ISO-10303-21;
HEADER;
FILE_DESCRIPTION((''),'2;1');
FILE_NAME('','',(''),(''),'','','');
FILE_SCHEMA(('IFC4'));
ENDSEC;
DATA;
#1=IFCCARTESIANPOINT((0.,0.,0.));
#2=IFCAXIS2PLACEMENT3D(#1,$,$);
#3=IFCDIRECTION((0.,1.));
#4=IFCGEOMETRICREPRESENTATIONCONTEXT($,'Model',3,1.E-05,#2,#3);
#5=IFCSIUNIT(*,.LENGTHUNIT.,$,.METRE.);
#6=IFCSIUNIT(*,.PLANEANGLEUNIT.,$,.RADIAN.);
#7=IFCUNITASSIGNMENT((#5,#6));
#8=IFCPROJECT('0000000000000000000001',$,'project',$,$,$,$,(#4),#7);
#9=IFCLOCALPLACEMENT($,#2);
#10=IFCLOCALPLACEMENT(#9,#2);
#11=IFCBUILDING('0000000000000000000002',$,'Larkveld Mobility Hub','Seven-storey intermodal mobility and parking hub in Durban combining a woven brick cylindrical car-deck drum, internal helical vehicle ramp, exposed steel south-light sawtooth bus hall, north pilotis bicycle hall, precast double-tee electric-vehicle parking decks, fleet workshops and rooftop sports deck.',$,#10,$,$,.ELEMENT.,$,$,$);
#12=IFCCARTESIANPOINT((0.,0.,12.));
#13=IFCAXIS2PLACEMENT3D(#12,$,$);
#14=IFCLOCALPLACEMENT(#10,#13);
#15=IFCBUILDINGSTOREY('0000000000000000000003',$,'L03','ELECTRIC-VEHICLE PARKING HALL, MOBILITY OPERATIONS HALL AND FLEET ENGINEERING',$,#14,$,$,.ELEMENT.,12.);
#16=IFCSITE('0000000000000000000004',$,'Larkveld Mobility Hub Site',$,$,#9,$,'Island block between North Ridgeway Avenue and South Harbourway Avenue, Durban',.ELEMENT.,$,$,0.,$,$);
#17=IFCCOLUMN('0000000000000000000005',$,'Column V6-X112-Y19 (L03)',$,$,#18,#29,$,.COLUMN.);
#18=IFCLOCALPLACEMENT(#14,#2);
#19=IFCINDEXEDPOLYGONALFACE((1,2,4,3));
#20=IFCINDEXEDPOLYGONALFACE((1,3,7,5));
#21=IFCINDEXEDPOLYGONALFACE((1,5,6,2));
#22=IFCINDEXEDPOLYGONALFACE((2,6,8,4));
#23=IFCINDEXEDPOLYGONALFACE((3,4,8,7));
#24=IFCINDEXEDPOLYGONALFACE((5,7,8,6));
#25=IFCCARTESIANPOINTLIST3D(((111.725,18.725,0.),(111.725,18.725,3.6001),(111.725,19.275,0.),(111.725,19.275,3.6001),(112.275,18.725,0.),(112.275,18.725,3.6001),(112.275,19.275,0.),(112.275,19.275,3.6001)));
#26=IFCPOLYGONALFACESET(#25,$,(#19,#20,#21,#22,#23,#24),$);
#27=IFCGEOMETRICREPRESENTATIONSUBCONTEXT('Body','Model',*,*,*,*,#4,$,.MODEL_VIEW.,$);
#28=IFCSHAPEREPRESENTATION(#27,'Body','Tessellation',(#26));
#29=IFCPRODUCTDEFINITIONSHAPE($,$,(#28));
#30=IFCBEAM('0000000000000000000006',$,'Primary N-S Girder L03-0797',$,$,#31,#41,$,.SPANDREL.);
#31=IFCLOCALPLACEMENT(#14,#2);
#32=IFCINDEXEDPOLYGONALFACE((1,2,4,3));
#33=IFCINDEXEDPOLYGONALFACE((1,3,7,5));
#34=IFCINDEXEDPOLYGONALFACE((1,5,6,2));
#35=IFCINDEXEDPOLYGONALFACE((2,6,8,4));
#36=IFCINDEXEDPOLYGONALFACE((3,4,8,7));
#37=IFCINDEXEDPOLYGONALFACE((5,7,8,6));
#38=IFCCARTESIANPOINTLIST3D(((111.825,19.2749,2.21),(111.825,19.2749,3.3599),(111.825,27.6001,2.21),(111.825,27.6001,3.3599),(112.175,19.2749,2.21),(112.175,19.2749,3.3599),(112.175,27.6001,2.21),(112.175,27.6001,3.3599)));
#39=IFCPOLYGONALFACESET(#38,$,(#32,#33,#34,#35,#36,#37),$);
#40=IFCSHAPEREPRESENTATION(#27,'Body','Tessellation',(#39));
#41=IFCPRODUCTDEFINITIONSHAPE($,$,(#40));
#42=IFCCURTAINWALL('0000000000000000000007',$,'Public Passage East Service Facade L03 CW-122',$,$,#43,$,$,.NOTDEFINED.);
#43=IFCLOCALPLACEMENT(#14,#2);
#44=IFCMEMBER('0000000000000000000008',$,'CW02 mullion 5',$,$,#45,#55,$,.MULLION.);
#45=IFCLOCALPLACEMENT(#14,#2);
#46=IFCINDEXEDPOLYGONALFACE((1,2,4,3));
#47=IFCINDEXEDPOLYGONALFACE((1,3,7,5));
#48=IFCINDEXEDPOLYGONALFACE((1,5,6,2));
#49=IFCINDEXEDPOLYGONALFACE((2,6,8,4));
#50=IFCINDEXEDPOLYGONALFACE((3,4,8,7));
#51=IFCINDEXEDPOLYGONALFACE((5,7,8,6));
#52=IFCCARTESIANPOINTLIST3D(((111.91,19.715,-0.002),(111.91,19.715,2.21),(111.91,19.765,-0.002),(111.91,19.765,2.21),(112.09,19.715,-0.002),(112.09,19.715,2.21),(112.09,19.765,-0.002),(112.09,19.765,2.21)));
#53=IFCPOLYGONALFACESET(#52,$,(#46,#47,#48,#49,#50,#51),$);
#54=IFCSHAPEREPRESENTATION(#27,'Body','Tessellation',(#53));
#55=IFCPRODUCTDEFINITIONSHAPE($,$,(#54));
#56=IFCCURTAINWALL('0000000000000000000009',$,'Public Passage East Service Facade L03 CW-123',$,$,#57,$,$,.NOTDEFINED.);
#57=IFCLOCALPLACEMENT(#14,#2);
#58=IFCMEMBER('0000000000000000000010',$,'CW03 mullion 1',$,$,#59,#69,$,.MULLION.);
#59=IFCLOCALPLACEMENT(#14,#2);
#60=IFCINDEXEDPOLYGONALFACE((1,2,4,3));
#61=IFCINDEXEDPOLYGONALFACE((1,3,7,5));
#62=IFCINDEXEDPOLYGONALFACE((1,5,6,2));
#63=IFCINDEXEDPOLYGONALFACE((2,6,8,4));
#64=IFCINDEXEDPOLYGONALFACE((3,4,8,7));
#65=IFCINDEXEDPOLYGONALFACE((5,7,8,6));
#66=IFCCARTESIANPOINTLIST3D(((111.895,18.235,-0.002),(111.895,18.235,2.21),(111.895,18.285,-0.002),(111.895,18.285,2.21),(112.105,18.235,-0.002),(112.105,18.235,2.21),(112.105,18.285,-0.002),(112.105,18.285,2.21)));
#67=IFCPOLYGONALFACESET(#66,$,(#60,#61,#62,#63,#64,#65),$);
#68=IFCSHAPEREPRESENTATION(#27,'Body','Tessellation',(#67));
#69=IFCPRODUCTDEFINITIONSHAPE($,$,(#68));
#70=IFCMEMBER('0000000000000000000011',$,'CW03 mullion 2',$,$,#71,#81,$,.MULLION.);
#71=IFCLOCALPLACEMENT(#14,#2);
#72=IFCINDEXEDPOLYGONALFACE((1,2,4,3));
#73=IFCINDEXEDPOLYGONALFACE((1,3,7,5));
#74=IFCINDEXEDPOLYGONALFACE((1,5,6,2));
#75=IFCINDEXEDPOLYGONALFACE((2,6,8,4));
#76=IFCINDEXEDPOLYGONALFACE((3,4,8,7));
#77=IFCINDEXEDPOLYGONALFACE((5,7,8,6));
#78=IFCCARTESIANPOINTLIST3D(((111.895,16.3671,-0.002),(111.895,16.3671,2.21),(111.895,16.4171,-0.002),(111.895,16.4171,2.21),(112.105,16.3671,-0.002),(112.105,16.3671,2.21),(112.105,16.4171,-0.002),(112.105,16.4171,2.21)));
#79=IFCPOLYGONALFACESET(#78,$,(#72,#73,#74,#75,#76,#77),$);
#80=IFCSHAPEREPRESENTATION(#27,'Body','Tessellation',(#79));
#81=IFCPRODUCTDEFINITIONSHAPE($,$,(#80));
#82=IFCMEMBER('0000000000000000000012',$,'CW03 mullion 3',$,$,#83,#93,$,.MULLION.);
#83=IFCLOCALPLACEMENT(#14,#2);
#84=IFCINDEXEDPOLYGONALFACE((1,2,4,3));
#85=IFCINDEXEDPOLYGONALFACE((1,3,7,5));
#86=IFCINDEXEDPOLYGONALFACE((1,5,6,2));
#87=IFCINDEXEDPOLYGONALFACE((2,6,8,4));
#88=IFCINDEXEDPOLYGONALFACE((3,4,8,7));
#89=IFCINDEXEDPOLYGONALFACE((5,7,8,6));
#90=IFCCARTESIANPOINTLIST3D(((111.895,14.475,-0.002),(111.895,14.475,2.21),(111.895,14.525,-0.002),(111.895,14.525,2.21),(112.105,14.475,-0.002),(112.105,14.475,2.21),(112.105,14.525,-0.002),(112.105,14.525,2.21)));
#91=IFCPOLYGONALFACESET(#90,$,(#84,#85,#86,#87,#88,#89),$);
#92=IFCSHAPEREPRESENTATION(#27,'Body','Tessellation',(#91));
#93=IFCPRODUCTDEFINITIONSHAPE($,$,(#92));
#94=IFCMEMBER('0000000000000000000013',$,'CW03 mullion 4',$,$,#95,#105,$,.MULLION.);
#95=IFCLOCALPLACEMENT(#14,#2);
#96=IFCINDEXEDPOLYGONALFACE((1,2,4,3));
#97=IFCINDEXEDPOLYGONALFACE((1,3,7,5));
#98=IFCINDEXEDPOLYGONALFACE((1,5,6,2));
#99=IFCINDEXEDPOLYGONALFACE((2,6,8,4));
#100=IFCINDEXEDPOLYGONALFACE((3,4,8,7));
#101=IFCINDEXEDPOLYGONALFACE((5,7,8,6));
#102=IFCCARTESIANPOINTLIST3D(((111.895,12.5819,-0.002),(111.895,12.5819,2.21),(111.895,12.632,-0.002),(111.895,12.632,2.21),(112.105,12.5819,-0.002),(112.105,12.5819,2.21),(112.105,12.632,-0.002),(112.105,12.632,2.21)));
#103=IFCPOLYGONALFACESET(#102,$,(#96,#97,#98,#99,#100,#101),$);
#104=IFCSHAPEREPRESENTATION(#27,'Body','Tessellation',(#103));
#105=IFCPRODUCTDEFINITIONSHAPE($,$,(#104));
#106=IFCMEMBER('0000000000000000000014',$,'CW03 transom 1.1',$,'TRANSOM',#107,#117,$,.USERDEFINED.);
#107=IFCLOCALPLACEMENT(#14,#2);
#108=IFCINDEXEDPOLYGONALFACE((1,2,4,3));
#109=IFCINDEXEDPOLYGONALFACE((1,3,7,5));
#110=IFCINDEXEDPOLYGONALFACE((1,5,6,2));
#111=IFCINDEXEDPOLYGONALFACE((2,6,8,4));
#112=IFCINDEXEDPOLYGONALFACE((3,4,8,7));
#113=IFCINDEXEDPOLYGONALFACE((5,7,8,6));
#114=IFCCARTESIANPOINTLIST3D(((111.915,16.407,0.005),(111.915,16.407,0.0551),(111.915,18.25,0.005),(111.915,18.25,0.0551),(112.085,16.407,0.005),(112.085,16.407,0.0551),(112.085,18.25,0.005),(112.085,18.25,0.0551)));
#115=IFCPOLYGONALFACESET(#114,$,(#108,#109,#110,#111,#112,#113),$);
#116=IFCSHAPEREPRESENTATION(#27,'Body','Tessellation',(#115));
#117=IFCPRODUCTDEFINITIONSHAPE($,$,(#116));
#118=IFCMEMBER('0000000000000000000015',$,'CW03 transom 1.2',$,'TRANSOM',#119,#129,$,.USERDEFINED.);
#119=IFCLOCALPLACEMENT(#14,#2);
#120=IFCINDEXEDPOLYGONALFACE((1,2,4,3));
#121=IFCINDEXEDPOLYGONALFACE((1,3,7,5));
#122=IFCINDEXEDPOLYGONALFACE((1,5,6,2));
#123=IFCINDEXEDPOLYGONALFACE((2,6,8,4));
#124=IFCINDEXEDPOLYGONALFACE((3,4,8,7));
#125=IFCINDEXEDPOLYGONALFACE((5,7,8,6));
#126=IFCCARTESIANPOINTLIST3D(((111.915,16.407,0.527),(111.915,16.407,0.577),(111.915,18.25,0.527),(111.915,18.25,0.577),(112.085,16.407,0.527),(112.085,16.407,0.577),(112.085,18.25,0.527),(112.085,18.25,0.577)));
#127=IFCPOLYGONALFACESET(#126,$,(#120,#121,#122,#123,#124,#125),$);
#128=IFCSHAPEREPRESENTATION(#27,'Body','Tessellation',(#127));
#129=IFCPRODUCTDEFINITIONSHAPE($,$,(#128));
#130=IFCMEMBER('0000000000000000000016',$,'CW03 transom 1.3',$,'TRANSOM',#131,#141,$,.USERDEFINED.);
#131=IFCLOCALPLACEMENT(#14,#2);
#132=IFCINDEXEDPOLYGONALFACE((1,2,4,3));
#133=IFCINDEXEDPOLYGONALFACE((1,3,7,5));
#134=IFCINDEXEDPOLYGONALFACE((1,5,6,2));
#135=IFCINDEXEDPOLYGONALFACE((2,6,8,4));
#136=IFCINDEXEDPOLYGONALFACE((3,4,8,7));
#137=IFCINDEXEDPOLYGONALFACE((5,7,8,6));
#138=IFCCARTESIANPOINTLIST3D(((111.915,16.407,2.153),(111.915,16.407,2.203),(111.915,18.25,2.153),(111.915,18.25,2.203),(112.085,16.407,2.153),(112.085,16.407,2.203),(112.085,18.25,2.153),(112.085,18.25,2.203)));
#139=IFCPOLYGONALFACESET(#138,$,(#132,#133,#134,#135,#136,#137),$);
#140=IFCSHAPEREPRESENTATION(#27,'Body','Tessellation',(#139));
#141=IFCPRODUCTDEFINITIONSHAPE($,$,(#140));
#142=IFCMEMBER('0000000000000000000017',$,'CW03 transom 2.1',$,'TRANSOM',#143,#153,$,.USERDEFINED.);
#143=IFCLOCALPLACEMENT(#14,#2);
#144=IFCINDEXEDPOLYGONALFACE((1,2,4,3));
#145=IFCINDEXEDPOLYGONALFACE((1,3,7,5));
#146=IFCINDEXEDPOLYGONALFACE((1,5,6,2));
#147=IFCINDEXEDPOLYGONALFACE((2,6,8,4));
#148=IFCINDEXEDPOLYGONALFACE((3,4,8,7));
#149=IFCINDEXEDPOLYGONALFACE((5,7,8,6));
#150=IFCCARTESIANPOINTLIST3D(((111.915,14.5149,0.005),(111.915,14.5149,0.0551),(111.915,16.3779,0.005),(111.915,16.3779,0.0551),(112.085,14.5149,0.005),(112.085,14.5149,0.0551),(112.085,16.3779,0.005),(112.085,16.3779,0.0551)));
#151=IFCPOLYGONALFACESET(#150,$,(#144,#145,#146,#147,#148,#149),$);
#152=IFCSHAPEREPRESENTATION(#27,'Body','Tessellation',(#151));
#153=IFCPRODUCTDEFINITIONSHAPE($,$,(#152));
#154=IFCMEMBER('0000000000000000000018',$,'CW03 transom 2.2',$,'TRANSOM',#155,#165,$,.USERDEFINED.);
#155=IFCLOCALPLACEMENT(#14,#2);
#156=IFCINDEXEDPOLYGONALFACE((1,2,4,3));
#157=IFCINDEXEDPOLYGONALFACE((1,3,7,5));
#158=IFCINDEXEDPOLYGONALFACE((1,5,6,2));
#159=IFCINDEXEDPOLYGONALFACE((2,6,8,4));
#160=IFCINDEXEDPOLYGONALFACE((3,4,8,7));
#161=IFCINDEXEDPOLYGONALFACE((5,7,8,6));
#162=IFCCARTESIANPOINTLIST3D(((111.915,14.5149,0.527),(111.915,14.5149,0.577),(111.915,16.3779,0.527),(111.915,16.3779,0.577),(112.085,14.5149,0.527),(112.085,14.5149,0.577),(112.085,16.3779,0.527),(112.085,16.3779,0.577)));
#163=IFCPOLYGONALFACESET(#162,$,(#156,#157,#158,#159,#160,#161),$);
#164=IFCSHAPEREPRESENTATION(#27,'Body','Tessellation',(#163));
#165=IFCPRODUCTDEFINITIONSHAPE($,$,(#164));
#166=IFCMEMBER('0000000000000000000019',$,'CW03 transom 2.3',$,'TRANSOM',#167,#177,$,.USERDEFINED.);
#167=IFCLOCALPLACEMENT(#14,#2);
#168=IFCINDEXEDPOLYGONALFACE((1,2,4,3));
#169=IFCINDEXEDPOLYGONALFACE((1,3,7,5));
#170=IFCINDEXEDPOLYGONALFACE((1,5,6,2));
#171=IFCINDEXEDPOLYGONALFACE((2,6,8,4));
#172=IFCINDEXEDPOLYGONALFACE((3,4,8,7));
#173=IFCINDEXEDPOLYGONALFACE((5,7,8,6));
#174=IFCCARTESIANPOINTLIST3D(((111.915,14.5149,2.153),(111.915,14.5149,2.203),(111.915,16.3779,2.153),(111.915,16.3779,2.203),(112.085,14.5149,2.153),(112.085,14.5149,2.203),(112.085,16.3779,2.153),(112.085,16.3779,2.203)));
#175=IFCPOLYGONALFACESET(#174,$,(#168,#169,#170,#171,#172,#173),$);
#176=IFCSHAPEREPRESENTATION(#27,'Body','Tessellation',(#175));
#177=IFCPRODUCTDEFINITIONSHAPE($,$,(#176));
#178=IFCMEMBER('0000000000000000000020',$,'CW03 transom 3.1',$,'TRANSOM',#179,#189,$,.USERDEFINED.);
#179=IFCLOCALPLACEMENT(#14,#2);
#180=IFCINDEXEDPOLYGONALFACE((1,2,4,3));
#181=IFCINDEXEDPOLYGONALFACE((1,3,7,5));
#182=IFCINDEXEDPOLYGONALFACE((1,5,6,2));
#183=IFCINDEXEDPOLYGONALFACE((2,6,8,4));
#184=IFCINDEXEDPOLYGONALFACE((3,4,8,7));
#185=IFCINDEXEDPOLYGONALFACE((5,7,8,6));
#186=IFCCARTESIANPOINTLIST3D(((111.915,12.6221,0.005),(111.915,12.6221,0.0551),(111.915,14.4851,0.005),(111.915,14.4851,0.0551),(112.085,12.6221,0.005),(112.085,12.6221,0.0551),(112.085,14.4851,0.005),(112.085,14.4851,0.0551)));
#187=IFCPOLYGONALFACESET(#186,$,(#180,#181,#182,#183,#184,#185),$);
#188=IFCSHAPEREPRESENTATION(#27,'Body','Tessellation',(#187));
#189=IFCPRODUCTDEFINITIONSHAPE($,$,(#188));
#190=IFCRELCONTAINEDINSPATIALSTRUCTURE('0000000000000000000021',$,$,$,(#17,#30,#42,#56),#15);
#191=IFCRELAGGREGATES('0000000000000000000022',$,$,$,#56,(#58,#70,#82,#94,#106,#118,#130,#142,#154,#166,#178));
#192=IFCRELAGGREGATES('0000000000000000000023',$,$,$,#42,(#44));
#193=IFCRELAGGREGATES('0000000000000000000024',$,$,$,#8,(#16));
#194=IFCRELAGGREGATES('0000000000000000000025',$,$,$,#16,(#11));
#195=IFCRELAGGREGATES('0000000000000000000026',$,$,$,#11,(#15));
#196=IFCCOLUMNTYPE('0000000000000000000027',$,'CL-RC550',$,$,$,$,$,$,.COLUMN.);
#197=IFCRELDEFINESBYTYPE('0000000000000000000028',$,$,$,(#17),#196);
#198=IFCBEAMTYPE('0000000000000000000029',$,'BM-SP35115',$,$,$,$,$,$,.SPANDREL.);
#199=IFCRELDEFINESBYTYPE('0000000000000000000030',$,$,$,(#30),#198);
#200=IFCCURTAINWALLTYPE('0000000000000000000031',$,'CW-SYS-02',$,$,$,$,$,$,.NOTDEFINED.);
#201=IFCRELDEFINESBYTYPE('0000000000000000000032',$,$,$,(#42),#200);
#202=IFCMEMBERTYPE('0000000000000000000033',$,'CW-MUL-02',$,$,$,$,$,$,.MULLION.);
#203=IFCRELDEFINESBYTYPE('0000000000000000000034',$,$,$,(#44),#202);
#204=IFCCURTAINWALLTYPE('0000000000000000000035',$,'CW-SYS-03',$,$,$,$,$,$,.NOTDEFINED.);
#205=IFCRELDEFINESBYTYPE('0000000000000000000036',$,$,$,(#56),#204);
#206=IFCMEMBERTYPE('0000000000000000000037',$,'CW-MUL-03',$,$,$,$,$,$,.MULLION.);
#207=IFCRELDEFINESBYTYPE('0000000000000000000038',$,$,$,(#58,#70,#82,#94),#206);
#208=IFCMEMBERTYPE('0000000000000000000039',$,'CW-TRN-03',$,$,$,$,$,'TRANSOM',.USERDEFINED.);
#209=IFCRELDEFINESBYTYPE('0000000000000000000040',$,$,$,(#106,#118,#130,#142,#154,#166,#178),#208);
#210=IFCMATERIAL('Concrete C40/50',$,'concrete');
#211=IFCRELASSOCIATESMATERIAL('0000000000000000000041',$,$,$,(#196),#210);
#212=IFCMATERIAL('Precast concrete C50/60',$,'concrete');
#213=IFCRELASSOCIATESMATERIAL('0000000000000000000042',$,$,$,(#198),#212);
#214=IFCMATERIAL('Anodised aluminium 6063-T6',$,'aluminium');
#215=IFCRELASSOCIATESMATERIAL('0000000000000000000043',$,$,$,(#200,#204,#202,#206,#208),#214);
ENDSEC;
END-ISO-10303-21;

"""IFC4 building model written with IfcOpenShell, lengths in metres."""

from ifc_helpers import new_model, si_unit, direction, frame, origin, origin_2d, place, context, subcontext, project, spatial, rectangle, extrude, material, material_profile, profile_set, type_object, element, aggregate, save


model = new_model("IFC4")

# Units and contexts
model_context = context("Model", 3, precision=1e-05, world=origin(), true_north=direction((0.0, 1.0)))
body_context = subcontext(model_context, "Body", "Model", "MODEL_VIEW")
ifc_project = project(units=[si_unit("LENGTHUNIT", "METRE"), si_unit("PLANEANGLEUNIT", "RADIAN")], contexts=[model_context])

# Site, building, storey
site_placement = place(None, origin())
site = spatial("IfcSite", under=ifc_project, at=site_placement, Name="Larkveld Mobility Hub Site", LongName="Island block between North Ridgeway Avenue and South Harbourway Avenue, Durban", CompositionType="ELEMENT", RefElevation=0.0)
building_placement = place(site_placement, origin())
building = spatial("IfcBuilding", under=site, at=building_placement, Name="Larkveld Mobility Hub", Description="Seven-storey intermodal mobility and parking hub in Durban combining a woven brick cylindrical car-deck drum, internal helical vehicle ramp, exposed steel south-light sawtooth bus hall, north pilotis bicycle hall, precast double-tee electric-vehicle parking decks, fleet workshops and rooftop sports deck.", CompositionType="ELEMENT")
storey_placement = place(building_placement, frame((0.0, 0.0, 12.0)))
storey = spatial("IfcBuildingStorey", under=building, at=storey_placement, Name="L03", Description="ELECTRIC-VEHICLE PARKING HALL, MOBILITY OPERATIONS HALL AND FLEET ENGINEERING", CompositionType="ELEMENT", Elevation=12.0)

# Column
ifc_material_1 = material(Name="Concrete C40/50", Category="concrete")
ifc_material_profile_1 = material_profile(ifc_material_1, rectangle(XDim=0.55, YDim=0.55, at=origin_2d()), Name="RC COL 550x550")
ifc_profile_set_1 = profile_set([ifc_material_profile_1], Name="Concrete C40/50")
column_type = type_object("IfcColumnType", Name="CL-RC550", PredefinedType="COLUMN", material=ifc_profile_set_1)
column_placement = place(storey_placement, frame((112.0, 19.0, 0.0), z_axis=(0.0, 0.0, 1.0), x_axis=(1.0, 0.0, 0.0)))
element("IfcColumn", 1, at=column_placement, inside=storey, type_object=column_type, Name="Column V6-X112-Y19 (L03)", PredefinedType="COLUMN", context=body_context, shape_type="SweptSolid", body=[
    extrude(rectangle(XDim=0.55, YDim=0.55, at=origin_2d()), origin(), (0.0, 0.0, 1.0), 3.6001),
])

# Beam
ifc_material_2 = material(Name="Precast concrete C50/60", Category="concrete")
ifc_material_profile_2 = material_profile(ifc_material_2, rectangle(XDim=0.3501, YDim=1.1499, at=origin_2d()), Name="PC SP 350x1150")
ifc_profile_set_2 = profile_set([ifc_material_profile_2], Name="Precast concrete C50/60")
beam_type = type_object("IfcBeamType", Name="BM-SP35115", PredefinedType="SPANDREL", material=ifc_profile_set_2)
beam_placement = place(storey_placement, frame((112.0, 19.2749, 2.7849), z_axis=(0.0, 1.0, 0.0), x_axis=(-1.0, 0.0, 0.0)))
element("IfcBeam", 2, at=beam_placement, inside=storey, type_object=beam_type, Name="Primary N-S Girder L03-0797", PredefinedType="SPANDREL", context=body_context, shape_type="SweptSolid", body=[
    extrude(rectangle(XDim=0.3501, YDim=1.1499, at=origin_2d()), origin(), (0.0, 0.0, 1.0), 8.3252),
])

# Curtain wall, member
ifc_material_3 = material(Name="Anodised aluminium 6063-T6", Category="aluminium")
curtain_wall_type_1 = type_object("IfcCurtainWallType", Name="CW-SYS-02", PredefinedType="NOTDEFINED", material=ifc_material_3)
curtain_wall_1_placement = place(storey_placement, origin())
curtain_wall_1 = element("IfcCurtainWall", 3, at=curtain_wall_1_placement, inside=storey, type_object=curtain_wall_type_1, Name="Public Passage East Service Facade L03 CW-122", PredefinedType="NOTDEFINED")
ifc_material_profile_3 = material_profile(ifc_material_3, rectangle(XDim=0.05, YDim=0.1799, at=origin_2d()), Name="ALU MULL 50x180")
ifc_profile_set_3 = profile_set([ifc_material_profile_3], Name="Anodised aluminium 6063-T6")
member_type_1 = type_object("IfcMemberType", Name="CW-MUL-02", PredefinedType="MULLION", material=ifc_profile_set_3)
member_1_placement = place(storey_placement, frame((112.0, 19.74, -0.002), z_axis=(0.0, 0.0, 1.0), x_axis=(0.0, -1.0, 0.0)))
member_1 = element("IfcMember", 4, at=member_1_placement, type_object=member_type_1, Name="CW02 mullion 5", PredefinedType="MULLION", context=body_context, shape_type="SweptSolid", body=[
    extrude(rectangle(XDim=0.05, YDim=0.1799, at=origin_2d()), origin(), (0.0, 0.0, 1.0), 2.2119),
])

# Curtain wall, members
curtain_wall_type_2 = type_object("IfcCurtainWallType", Name="CW-SYS-03", PredefinedType="NOTDEFINED", material=ifc_material_3)
curtain_wall_2_placement = place(storey_placement, origin())
curtain_wall_2 = element("IfcCurtainWall", 5, at=curtain_wall_2_placement, inside=storey, type_object=curtain_wall_type_2, Name="Public Passage East Service Facade L03 CW-123", PredefinedType="NOTDEFINED")
ifc_material_profile_4 = material_profile(ifc_material_3, rectangle(XDim=0.05, YDim=0.21, at=origin_2d()), Name="ALU MULL 50x210")
ifc_profile_set_4 = profile_set([ifc_material_profile_4], Name="Anodised aluminium 6063-T6")
member_type_2 = type_object("IfcMemberType", Name="CW-MUL-03", PredefinedType="MULLION", material=ifc_profile_set_4)
member_2_placement = place(storey_placement, frame((112.0, 18.26, -0.002), z_axis=(0.0, 0.0, 1.0), x_axis=(0.0, -1.0, 0.0)))
member_2 = element("IfcMember", 6, at=member_2_placement, type_object=member_type_2, Name="CW03 mullion 1", PredefinedType="MULLION", context=body_context, shape_type="SweptSolid", body=[
    extrude(rectangle(XDim=0.05, YDim=0.21, at=origin_2d()), origin(), (0.0, 0.0, 1.0), 2.2119),
])
member_3_placement = place(storey_placement, frame((112.0, 16.3921, -0.002), z_axis=(0.0, 0.0, 1.0), x_axis=(0.0, -1.0, 0.0)))
member_3 = element("IfcMember", 7, at=member_3_placement, type_object=member_type_2, Name="CW03 mullion 2", PredefinedType="MULLION", context=body_context, shape_type="SweptSolid", body=[
    extrude(rectangle(XDim=0.05, YDim=0.21, at=origin_2d()), origin(), (0.0, 0.0, 1.0), 2.2119),
])
member_4_placement = place(storey_placement, frame((112.0, 14.5, -0.002), z_axis=(0.0, 0.0, 1.0), x_axis=(0.0, -1.0, 0.0)))
member_4 = element("IfcMember", 8, at=member_4_placement, type_object=member_type_2, Name="CW03 mullion 3", PredefinedType="MULLION", context=body_context, shape_type="SweptSolid", body=[
    extrude(rectangle(XDim=0.05, YDim=0.21, at=origin_2d()), origin(), (0.0, 0.0, 1.0), 2.2119),
])
member_5_placement = place(storey_placement, frame((112.0, 12.6069, -0.002), z_axis=(0.0, 0.0, 1.0), x_axis=(0.0, -1.0, 0.0)))
member_5 = element("IfcMember", 9, at=member_5_placement, type_object=member_type_2, Name="CW03 mullion 4", PredefinedType="MULLION", context=body_context, shape_type="SweptSolid", body=[
    extrude(rectangle(XDim=0.05, YDim=0.21, at=origin_2d()), origin(), (0.0, 0.0, 1.0), 2.2119),
])
ifc_material_profile_5 = material_profile(ifc_material_3, rectangle(XDim=0.1699, YDim=0.05, at=origin_2d()), Name="ALU TRAN 50x170")
ifc_profile_set_5 = profile_set([ifc_material_profile_5], Name="Anodised aluminium 6063-T6")
member_type_3 = type_object("IfcMemberType", Name="CW-TRN-03", ElementType="TRANSOM", PredefinedType="USERDEFINED", material=ifc_profile_set_5)
member_6_placement = place(storey_placement, frame((112.0, 18.25, 0.03), z_axis=(0.0, -1.0, 0.0), x_axis=(1.0, 0.0, 0.0)))
member_6 = element("IfcMember", 10, at=member_6_placement, type_object=member_type_3, Name="CW03 transom 1.1", ObjectType="TRANSOM", PredefinedType="USERDEFINED", context=body_context, shape_type="SweptSolid", body=[
    extrude(rectangle(XDim=0.1699, YDim=0.05, at=origin_2d()), origin(), (0.0, 0.0, 1.0), 1.843),
])
member_7_placement = place(storey_placement, frame((112.0, 18.25, 0.552), z_axis=(0.0, -1.0, 0.0), x_axis=(1.0, 0.0, 0.0)))
member_7 = element("IfcMember", 11, at=member_7_placement, type_object=member_type_3, Name="CW03 transom 1.2", ObjectType="TRANSOM", PredefinedType="USERDEFINED", context=body_context, shape_type="SweptSolid", body=[
    extrude(rectangle(XDim=0.1699, YDim=0.05, at=origin_2d()), origin(), (0.0, 0.0, 1.0), 1.843),
])
member_8_placement = place(storey_placement, frame((112.0, 18.25, 2.178), z_axis=(0.0, -1.0, 0.0), x_axis=(1.0, 0.0, 0.0)))
member_8 = element("IfcMember", 12, at=member_8_placement, type_object=member_type_3, Name="CW03 transom 1.3", ObjectType="TRANSOM", PredefinedType="USERDEFINED", context=body_context, shape_type="SweptSolid", body=[
    extrude(rectangle(XDim=0.1699, YDim=0.05, at=origin_2d()), origin(), (0.0, 0.0, 1.0), 1.843),
])
member_9_placement = place(storey_placement, frame((112.0, 16.3779, 0.03), z_axis=(0.0, -1.0, 0.0), x_axis=(1.0, 0.0, 0.0)))
member_9 = element("IfcMember", 13, at=member_9_placement, type_object=member_type_3, Name="CW03 transom 2.1", ObjectType="TRANSOM", PredefinedType="USERDEFINED", context=body_context, shape_type="SweptSolid", body=[
    extrude(rectangle(XDim=0.1699, YDim=0.05, at=origin_2d()), origin(), (0.0, 0.0, 1.0), 1.863),
])
member_10_placement = place(storey_placement, frame((112.0, 16.3779, 0.552), z_axis=(0.0, -1.0, 0.0), x_axis=(1.0, 0.0, 0.0)))
member_10 = element("IfcMember", 14, at=member_10_placement, type_object=member_type_3, Name="CW03 transom 2.2", ObjectType="TRANSOM", PredefinedType="USERDEFINED", context=body_context, shape_type="SweptSolid", body=[
    extrude(rectangle(XDim=0.1699, YDim=0.05, at=origin_2d()), origin(), (0.0, 0.0, 1.0), 1.863),
])
member_11_placement = place(storey_placement, frame((112.0, 16.3779, 2.178), z_axis=(0.0, -1.0, 0.0), x_axis=(1.0, 0.0, 0.0)))
member_11 = element("IfcMember", 15, at=member_11_placement, type_object=member_type_3, Name="CW03 transom 2.3", ObjectType="TRANSOM", PredefinedType="USERDEFINED", context=body_context, shape_type="SweptSolid", body=[
    extrude(rectangle(XDim=0.1699, YDim=0.05, at=origin_2d()), origin(), (0.0, 0.0, 1.0), 1.863),
])
member_12_placement = place(storey_placement, frame((112.0, 14.4851, 0.03), z_axis=(0.0, -1.0, 0.0), x_axis=(1.0, 0.0, 0.0)))
member_12 = element("IfcMember", 16, at=member_12_placement, type_object=member_type_3, Name="CW03 transom 3.1", ObjectType="TRANSOM", PredefinedType="USERDEFINED", context=body_context, shape_type="SweptSolid", body=[
    extrude(rectangle(XDim=0.1699, YDim=0.05, at=origin_2d()), origin(), (0.0, 0.0, 1.0), 1.863),
])
aggregate(curtain_wall_2, [member_2, member_3, member_4, member_5, member_6, member_7, member_8, member_9, member_10, member_11, member_12])

aggregate(curtain_wall_1, [member_1])

save(model, "model.ifc")
